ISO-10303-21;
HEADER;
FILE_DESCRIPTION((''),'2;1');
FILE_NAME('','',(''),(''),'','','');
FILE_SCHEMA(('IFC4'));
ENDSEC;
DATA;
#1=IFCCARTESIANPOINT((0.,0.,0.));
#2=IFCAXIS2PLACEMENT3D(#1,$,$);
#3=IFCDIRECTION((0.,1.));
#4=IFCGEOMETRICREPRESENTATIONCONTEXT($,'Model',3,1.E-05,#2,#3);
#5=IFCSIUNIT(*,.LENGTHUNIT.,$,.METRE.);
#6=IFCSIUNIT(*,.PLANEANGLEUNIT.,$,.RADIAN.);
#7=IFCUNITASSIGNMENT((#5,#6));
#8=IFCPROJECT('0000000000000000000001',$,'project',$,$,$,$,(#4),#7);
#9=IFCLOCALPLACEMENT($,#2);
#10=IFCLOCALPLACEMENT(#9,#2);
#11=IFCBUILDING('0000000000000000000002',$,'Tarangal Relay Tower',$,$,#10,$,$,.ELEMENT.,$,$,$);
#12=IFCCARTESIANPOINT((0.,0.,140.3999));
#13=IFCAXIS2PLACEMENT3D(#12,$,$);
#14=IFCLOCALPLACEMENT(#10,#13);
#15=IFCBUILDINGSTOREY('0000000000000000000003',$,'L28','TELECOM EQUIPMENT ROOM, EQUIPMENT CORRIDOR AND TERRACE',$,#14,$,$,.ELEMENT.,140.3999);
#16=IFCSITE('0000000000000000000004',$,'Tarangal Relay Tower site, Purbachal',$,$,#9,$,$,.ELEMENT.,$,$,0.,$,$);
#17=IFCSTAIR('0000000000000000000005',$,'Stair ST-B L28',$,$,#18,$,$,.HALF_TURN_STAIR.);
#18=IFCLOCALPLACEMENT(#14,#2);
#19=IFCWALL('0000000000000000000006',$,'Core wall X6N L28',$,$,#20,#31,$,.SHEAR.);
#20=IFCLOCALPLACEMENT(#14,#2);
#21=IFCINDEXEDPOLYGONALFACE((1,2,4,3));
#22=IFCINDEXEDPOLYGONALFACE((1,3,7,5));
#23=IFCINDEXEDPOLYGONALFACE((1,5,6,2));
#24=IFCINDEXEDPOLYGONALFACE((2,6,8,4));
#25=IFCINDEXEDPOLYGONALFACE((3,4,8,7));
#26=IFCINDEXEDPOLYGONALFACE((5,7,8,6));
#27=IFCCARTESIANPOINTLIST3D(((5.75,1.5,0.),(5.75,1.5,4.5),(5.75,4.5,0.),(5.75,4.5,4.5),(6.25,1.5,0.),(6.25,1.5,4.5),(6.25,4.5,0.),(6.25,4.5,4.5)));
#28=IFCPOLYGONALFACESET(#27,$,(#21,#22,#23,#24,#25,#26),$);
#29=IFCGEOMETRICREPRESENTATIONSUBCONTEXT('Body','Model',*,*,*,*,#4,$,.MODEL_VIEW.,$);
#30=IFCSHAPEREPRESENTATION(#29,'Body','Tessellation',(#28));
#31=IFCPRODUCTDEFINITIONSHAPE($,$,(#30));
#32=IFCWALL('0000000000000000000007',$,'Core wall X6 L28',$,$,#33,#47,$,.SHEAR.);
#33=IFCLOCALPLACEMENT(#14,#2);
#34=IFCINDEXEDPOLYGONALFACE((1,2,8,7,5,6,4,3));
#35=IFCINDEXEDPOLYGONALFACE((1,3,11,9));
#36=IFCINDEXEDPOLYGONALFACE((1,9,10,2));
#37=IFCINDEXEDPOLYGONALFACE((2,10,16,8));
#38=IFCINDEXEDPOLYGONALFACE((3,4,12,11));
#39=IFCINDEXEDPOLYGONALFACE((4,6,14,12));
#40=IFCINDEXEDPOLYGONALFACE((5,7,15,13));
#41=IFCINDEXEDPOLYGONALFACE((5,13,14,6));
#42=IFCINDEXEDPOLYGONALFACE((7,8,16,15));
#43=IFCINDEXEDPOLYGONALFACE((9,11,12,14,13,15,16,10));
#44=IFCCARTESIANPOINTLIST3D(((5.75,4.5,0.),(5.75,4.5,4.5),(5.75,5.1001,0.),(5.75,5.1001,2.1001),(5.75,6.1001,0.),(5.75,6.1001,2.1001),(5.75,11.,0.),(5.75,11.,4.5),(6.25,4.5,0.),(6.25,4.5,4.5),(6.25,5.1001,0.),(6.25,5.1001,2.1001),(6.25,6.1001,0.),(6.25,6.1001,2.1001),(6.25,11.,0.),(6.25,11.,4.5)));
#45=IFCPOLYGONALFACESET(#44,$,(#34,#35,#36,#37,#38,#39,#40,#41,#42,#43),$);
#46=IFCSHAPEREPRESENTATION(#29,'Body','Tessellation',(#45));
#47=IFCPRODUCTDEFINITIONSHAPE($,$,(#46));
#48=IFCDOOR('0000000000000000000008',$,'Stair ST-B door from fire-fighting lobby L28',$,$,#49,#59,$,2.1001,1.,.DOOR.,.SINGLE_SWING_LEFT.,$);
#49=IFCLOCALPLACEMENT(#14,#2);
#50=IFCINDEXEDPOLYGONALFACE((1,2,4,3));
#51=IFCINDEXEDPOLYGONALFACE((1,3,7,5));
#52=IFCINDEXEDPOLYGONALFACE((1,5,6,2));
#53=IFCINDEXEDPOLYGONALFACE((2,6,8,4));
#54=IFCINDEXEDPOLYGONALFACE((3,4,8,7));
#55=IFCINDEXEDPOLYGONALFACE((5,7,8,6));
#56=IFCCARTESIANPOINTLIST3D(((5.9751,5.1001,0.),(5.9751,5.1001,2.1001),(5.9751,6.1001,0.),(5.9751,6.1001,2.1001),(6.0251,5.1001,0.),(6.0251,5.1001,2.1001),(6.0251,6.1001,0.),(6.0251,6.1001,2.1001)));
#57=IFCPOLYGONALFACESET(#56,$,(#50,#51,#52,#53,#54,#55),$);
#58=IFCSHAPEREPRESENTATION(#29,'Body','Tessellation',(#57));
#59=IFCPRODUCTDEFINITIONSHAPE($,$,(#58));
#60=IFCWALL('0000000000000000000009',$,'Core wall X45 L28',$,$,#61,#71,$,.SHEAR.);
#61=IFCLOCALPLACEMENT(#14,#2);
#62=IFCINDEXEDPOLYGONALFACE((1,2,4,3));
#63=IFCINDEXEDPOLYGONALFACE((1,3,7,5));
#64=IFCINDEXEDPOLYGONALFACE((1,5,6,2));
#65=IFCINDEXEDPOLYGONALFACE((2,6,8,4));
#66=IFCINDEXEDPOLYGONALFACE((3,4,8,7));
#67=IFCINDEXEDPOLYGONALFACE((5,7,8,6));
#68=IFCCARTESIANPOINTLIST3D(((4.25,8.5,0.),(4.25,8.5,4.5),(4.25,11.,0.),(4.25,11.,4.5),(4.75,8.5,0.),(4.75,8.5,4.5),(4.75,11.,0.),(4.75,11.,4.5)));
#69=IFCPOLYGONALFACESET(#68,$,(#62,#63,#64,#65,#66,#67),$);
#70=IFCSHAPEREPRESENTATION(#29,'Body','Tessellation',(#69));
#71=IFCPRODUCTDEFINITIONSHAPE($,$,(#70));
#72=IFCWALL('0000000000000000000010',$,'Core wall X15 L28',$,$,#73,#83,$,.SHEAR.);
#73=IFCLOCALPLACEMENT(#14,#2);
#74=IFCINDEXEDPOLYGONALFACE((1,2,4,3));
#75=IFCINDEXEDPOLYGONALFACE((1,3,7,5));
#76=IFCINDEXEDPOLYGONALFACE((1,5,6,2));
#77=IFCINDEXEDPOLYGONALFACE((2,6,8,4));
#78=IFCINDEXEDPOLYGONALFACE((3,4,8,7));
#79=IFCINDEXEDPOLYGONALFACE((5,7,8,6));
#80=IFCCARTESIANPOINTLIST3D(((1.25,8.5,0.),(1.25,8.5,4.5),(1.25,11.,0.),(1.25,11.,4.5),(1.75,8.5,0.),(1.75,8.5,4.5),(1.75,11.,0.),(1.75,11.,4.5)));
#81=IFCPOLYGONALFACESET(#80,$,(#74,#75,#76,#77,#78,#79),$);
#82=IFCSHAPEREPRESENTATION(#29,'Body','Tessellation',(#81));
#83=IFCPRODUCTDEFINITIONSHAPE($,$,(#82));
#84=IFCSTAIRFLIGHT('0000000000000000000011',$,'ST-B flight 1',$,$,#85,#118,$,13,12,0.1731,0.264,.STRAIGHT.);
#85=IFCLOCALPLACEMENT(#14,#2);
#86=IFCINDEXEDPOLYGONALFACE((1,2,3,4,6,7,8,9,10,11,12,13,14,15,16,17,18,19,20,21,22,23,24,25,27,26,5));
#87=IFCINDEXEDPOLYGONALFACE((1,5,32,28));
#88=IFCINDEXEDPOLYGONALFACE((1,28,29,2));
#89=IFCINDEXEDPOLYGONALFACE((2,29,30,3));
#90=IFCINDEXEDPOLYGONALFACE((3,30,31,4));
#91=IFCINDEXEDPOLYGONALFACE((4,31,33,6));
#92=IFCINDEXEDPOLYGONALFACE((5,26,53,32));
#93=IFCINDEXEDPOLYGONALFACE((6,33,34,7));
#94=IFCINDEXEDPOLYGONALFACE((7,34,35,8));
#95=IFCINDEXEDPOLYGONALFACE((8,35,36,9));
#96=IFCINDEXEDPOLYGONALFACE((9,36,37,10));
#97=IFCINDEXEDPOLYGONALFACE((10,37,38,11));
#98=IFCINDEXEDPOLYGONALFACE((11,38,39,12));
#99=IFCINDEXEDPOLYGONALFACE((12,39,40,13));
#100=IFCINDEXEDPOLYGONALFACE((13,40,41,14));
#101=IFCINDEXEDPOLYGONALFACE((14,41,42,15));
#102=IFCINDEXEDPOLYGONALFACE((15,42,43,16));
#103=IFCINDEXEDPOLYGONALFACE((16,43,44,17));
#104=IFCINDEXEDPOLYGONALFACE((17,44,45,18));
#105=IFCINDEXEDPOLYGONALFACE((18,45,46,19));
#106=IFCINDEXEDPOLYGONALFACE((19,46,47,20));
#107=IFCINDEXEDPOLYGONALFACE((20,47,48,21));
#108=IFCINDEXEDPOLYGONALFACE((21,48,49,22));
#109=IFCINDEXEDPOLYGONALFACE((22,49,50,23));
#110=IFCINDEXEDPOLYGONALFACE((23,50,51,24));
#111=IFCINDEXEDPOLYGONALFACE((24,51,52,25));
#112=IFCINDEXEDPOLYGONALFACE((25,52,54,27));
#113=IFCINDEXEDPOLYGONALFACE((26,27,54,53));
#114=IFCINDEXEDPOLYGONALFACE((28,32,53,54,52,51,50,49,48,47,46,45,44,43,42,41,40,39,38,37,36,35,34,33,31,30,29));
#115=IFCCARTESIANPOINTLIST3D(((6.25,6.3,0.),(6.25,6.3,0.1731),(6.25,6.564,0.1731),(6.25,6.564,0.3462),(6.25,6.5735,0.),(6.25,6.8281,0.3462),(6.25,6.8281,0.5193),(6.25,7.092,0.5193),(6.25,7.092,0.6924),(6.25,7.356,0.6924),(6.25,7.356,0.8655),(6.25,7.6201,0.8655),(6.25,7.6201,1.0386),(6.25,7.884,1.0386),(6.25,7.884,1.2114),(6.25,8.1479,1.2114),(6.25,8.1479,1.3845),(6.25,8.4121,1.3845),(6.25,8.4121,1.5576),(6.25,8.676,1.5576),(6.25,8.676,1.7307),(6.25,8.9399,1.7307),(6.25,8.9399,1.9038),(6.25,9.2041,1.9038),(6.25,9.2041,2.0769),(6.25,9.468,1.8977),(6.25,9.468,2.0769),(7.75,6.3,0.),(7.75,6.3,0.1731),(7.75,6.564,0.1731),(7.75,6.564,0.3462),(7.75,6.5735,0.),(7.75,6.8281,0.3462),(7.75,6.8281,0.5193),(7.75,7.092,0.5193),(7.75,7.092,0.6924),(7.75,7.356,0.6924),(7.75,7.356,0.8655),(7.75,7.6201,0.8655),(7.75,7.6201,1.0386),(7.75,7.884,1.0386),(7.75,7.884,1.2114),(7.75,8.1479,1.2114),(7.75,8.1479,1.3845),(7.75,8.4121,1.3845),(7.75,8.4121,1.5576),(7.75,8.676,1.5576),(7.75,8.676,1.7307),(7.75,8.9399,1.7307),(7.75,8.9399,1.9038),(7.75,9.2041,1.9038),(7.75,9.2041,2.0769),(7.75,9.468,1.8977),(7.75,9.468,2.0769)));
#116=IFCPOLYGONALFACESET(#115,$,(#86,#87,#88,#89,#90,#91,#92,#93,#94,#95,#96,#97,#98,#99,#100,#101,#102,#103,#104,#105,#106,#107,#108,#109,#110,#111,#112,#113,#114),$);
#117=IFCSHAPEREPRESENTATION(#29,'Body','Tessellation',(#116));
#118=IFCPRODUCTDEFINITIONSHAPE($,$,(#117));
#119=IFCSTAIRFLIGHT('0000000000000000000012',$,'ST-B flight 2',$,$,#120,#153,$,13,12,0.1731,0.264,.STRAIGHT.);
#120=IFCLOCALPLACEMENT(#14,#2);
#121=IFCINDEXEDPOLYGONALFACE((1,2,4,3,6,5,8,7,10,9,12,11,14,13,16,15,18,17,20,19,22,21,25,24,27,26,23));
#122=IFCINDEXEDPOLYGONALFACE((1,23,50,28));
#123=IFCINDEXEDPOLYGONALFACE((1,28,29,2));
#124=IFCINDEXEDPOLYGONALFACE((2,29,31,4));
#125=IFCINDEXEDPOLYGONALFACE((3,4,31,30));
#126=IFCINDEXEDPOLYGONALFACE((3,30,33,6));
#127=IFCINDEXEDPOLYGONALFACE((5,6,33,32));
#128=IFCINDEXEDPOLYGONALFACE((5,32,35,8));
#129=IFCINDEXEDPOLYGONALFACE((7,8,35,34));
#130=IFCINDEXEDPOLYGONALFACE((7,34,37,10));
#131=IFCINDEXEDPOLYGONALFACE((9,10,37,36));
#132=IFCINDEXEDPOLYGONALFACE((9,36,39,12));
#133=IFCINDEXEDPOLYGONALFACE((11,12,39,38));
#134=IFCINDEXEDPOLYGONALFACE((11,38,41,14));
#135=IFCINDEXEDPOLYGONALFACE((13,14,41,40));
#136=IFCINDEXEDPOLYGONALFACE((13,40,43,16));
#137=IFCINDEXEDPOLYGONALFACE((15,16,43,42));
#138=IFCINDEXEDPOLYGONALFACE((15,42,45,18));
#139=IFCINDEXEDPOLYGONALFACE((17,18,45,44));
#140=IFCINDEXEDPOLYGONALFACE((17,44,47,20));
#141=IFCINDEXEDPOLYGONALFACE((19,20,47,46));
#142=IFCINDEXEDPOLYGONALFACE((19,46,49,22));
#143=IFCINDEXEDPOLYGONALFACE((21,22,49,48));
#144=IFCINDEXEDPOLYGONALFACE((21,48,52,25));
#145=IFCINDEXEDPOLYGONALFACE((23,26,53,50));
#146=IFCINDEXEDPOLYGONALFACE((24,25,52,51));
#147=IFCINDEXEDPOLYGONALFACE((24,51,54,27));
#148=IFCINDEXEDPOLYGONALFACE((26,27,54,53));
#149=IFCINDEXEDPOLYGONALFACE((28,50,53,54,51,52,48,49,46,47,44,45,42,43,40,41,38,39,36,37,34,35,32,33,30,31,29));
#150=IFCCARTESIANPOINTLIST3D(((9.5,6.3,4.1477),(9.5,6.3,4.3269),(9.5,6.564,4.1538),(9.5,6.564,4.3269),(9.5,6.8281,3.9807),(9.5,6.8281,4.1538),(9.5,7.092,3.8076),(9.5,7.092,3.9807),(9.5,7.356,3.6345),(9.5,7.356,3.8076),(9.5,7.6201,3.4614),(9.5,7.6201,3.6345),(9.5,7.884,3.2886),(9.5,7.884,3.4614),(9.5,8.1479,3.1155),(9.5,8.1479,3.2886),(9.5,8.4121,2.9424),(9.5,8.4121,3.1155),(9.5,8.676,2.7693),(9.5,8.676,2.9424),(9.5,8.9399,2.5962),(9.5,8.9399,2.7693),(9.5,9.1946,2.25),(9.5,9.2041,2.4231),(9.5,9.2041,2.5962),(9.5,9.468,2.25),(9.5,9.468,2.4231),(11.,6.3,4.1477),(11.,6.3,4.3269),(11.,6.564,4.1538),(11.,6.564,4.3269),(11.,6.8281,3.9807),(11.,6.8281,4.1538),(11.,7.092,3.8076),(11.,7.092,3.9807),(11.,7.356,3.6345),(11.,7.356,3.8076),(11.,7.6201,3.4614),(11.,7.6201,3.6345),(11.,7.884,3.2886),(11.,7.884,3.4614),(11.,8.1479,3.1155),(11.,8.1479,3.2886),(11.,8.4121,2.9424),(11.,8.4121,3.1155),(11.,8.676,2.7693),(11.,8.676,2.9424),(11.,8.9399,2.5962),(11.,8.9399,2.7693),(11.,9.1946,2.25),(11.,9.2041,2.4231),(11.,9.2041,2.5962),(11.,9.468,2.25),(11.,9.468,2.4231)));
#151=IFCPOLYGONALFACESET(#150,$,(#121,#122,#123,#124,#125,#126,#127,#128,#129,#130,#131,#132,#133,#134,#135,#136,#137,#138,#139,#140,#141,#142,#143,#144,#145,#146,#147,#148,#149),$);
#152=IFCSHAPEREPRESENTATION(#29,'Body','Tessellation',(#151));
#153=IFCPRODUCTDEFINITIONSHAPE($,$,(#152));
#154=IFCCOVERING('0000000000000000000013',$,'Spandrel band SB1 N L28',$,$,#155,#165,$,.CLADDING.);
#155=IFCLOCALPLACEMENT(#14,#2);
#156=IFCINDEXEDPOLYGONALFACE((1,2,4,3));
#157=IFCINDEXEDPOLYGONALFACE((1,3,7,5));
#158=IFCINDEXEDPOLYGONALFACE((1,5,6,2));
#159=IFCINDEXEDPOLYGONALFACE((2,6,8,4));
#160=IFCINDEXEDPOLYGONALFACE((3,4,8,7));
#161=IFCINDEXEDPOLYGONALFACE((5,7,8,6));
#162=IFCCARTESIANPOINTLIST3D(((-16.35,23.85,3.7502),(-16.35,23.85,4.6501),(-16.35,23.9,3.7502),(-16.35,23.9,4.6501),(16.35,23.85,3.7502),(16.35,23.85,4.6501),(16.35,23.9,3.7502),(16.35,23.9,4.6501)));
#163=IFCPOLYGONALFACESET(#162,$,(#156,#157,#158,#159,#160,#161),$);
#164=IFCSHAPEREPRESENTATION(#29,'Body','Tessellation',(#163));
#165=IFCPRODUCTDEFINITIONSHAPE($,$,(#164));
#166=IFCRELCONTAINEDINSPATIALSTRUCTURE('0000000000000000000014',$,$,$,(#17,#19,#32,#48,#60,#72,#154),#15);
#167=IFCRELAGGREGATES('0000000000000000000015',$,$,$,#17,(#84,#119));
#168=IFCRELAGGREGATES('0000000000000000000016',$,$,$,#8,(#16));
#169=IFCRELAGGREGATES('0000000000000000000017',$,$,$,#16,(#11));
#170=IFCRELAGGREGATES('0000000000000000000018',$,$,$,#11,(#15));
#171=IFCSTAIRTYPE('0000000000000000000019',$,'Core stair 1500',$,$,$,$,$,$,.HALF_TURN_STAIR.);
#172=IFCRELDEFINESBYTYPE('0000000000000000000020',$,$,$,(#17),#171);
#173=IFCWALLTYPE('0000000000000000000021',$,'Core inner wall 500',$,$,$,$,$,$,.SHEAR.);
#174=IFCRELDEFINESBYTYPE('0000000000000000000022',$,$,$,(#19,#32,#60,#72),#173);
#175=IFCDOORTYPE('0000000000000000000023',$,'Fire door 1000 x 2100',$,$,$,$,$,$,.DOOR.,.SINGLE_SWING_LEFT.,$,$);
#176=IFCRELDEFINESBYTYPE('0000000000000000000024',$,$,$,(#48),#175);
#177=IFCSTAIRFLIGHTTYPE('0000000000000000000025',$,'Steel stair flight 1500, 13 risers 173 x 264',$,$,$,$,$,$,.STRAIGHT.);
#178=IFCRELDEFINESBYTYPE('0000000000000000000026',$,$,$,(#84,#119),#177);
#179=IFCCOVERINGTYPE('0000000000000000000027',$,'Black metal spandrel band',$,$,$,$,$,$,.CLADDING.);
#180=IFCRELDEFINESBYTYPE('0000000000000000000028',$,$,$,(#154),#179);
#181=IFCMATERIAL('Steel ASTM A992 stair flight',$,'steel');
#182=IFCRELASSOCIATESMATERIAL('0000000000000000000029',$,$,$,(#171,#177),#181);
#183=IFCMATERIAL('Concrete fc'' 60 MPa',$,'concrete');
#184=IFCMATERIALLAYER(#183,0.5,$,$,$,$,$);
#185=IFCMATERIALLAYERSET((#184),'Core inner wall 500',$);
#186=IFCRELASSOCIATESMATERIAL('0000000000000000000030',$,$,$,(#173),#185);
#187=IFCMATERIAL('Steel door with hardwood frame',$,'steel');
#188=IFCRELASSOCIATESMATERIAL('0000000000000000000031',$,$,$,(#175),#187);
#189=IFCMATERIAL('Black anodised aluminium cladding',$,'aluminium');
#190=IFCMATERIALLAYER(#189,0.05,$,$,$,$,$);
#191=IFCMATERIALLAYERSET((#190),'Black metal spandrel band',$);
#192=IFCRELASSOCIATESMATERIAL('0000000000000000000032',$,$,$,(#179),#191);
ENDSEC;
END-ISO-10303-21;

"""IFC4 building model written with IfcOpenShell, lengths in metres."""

from ifc_helpers import new_model, si_unit, direction, frame, frame_2d, origin, origin_2d, place, context, subcontext, project, spatial, polyline, rectangle, outline, extrude, material, layer, layer_set, type_object, element, fill, aggregate, save


model = new_model("IFC4")

# Units and contexts
model_context = context("Model", 3, precision=1e-05, world=origin(), true_north=direction((0.0, 1.0)))
body_context = subcontext(model_context, "Body", "Model", "MODEL_VIEW")
ifc_project = project(units=[si_unit("LENGTHUNIT", "METRE"), si_unit("PLANEANGLEUNIT", "RADIAN")], contexts=[model_context])

# Site, building, storey
site_placement = place(None, origin())
site = spatial("IfcSite", under=ifc_project, at=site_placement, Name="Tarangal Relay Tower site, Purbachal", CompositionType="ELEMENT", RefElevation=0.0)
building_placement = place(site_placement, origin())
building = spatial("IfcBuilding", under=site, at=building_placement, Name="Tarangal Relay Tower", CompositionType="ELEMENT")
storey_placement = place(building_placement, frame((0.0, 0.0, 140.3999)))
storey = spatial("IfcBuildingStorey", under=building, at=storey_placement, Name="L28", Description="TELECOM EQUIPMENT ROOM, EQUIPMENT CORRIDOR AND TERRACE", CompositionType="ELEMENT", Elevation=140.3999)

# Stair
ifc_material_1 = material(Name="Steel ASTM A992 stair flight", Category="steel")
stair_type = type_object("IfcStairType", Name="Core stair 1500", PredefinedType="HALF_TURN_STAIR", material=ifc_material_1)
stair_1_placement = place(storey_placement, origin())
stair_1 = element("IfcStair", 1, at=stair_1_placement, inside=storey, type_object=stair_type, Name="Stair ST-B L28", PredefinedType="HALF_TURN_STAIR")

# Wall
ifc_material_2 = material(Name="Concrete fc' 60 MPa", Category="concrete")
ifc_layer_1 = layer(ifc_material_2, 0.5)
ifc_layer_set_1 = layer_set([ifc_layer_1], Name="Core inner wall 500")
wall_type = type_object("IfcWallType", Name="Core inner wall 500", PredefinedType="SHEAR", material=ifc_layer_set_1)
for number, where, z_axis, x_axis, name in (
    (2, (6.0, 1.5, 0.0), (0.0, 0.0, 1.0), (0.0, 1.0, 0.0), "Core wall X6N L28"),
):
    element("IfcWall", number, at=place(storey_placement, frame(where, z_axis=z_axis, x_axis=x_axis)), inside=storey, type_object=wall_type, Name=name, PredefinedType="SHEAR", context=body_context, shape_type="SweptSolid", body=[
        extrude(rectangle(XDim=3.0, YDim=0.5, at=frame_2d((1.5, 0.0))), origin(), (0.0, 0.0, 1.0), 4.5),
    ])

# Wall, opening, door
wall_placement = place(storey_placement, frame((6.0, 4.5, 0.0), z_axis=(0.0, 0.0, 1.0), x_axis=(0.0, 1.0, 0.0)))
wall = element("IfcWall", 3, at=wall_placement, inside=storey, type_object=wall_type, Name="Core wall X6 L28", PredefinedType="SHEAR", context=body_context, shape_type="SweptSolid", body=[
    extrude(rectangle(XDim=6.5, YDim=0.5, at=frame_2d((3.25, 0.0))), origin(), (0.0, 0.0, 1.0), 4.5),
])
opening_placement = place(wall_placement, frame((0.6001, 0.0, 0.0)))
opening = element("IfcOpeningElement", 4, at=opening_placement, cuts=wall, PredefinedType="OPENING", context=body_context, shape_type="SweptSolid", body=[
    extrude(rectangle(XDim=1.0, YDim=2.1001, at=frame_2d((0.5, 1.05))), frame((0.0, 0.26, 0.0), z_axis=(0.0, -1.0, 0.0), x_axis=(1.0, 0.0, 0.0)), (0.0, 0.0, 1.0), 0.52),
])
ifc_material_3 = material(Name="Steel door with hardwood frame", Category="steel")
door_type = type_object("IfcDoorType", Name="Fire door 1000 x 2100", OperationType="SINGLE_SWING_LEFT", PredefinedType="DOOR", material=ifc_material_3)
door_placement = place(opening_placement, origin())
door = element("IfcDoor", 5, at=door_placement, inside=storey, type_object=door_type, Name="Stair ST-B door from fire-fighting lobby L28", OperationType="SINGLE_SWING_LEFT", OverallHeight=2.1001, OverallWidth=1.0, PredefinedType="DOOR", context=body_context, shape_type="SweptSolid", body=[
    extrude(rectangle(XDim=1.0, YDim=2.1001, at=frame_2d((0.5, 1.05))), frame((0.0, 0.0249, 0.0), z_axis=(0.0, -1.0, 0.0), x_axis=(1.0, 0.0, 0.0)), (0.0, 0.0, 1.0), 0.05),
])
fill(opening, door)

# Walls
for number, where, z_axis, x_axis, name in (
    (6, (4.5, 8.5, 0.0), (0.0, 0.0, 1.0), (0.0, 1.0, 0.0), "Core wall X45 L28"),
    (7, (1.5, 8.5, 0.0), (0.0, 0.0, 1.0), (0.0, 1.0, 0.0), "Core wall X15 L28"),
):
    element("IfcWall", number, at=place(storey_placement, frame(where, z_axis=z_axis, x_axis=x_axis)), inside=storey, type_object=wall_type, Name=name, PredefinedType="SHEAR", context=body_context, shape_type="SweptSolid", body=[
        extrude(rectangle(XDim=2.5, YDim=0.5, at=frame_2d((1.25, 0.0))), origin(), (0.0, 0.0, 1.0), 4.5),
    ])

# Stair flights
stair_flight_type = type_object("IfcStairFlightType", Name="Steel stair flight 1500, 13 risers 173 x 264", PredefinedType="STRAIGHT", material=ifc_material_1)
stair_flight_1_placement = place(storey_placement, frame((7.0, 6.3, 0.0), z_axis=(0.0, 0.0, 1.0), x_axis=(0.0, 1.0, 0.0)))
stair_flight_1 = element("IfcStairFlight", 8, at=stair_flight_1_placement, type_object=stair_flight_type, Name="ST-B flight 1", NumberOfRisers=13, NumberOfTreads=12, PredefinedType="STRAIGHT", RiserHeight=0.1731, TreadLength=0.264, context=body_context, shape_type="SweptSolid", body=[
    extrude(outline(polyline([(0.0, 0.0), (0.0, 0.1731), (0.2639, 0.1731), (0.2639, 0.3462), (0.5281, 0.3462), (0.5281, 0.5193), (0.792, 0.5193), (0.792, 0.6924), (1.0559, 0.6924), (1.0559, 0.8655), (1.3201, 0.8655), (1.3201, 1.0386), (1.584, 1.0386), (1.584, 1.2114), (1.8479, 1.2114), (1.8479, 1.3845), (2.1121, 1.3845), (2.1121, 1.5576), (2.376, 1.5576), (2.376, 1.7307), (2.6399, 1.7307), (2.6399, 1.9038), (2.9041, 1.9038), (2.9041, 2.0769), (3.168, 2.0769), (3.168, 2.25), (3.168, 1.8977), (0.2734, 0.0), (0.0, 0.0)])), frame((0.0, 0.75, 0.0), z_axis=(0.0, -1.0, 0.0), x_axis=(1.0, 0.0, 0.0)), (0.0, 0.0, 1.0), 1.5),
])
stair_flight_2_placement = place(storey_placement, frame((10.25, 9.468, 2.25), z_axis=(0.0, 0.0, 1.0), x_axis=(0.0, -1.0, 0.0)))
stair_flight_2 = element("IfcStairFlight", 9, at=stair_flight_2_placement, type_object=stair_flight_type, Name="ST-B flight 2", NumberOfRisers=13, NumberOfTreads=12, PredefinedType="STRAIGHT", RiserHeight=0.1731, TreadLength=0.264, context=body_context, shape_type="SweptSolid", body=[
    extrude(outline(polyline([(0.0, 0.0), (0.0, 0.1731), (0.2639, 0.1731), (0.2639, 0.3462), (0.5281, 0.3462), (0.5281, 0.5193), (0.792, 0.5193), (0.792, 0.6924), (1.0559, 0.6924), (1.0559, 0.8655), (1.3201, 0.8655), (1.3201, 1.0386), (1.584, 1.0386), (1.584, 1.2114), (1.8479, 1.2114), (1.8479, 1.3845), (2.1121, 1.3845), (2.1121, 1.5576), (2.376, 1.5576), (2.376, 1.7307), (2.6399, 1.7307), (2.6399, 1.9038), (2.9041, 1.9038), (2.9041, 2.0769), (3.168, 2.0769), (3.168, 2.25), (3.168, 1.8977), (0.2734, 0.0), (0.0, 0.0)])), frame((0.0, 0.75, 0.0), z_axis=(0.0, -1.0, 0.0), x_axis=(1.0, 0.0, 0.0)), (0.0, 0.0, 1.0), 1.5),
])
aggregate(stair_1, [stair_flight_1, stair_flight_2])

# Covering
ifc_material_4 = material(Name="Black anodised aluminium cladding", Category="aluminium")
ifc_layer_2 = layer(ifc_material_4, 0.05)
ifc_layer_set_2 = layer_set([ifc_layer_2], Name="Black metal spandrel band")
covering_type_1 = type_object("IfcCoveringType", Name="Black metal spandrel band", PredefinedType="CLADDING", material=ifc_layer_set_2)
covering_1_placement = place(storey_placement, frame((0.0, 23.875, 3.7502), z_axis=(0.0, 0.0, 1.0), x_axis=(1.0, 0.0, 0.0)))
element("IfcCovering", 10, at=covering_1_placement, inside=storey, type_object=covering_type_1, Name="Spandrel band SB1 N L28", PredefinedType="CLADDING", context=body_context, shape_type="SweptSolid", body=[
    extrude(rectangle(XDim=32.7, YDim=0.05, at=origin_2d()), origin(), (0.0, 0.0, 1.0), 0.8999),
])

save(model, "model.ifc")
